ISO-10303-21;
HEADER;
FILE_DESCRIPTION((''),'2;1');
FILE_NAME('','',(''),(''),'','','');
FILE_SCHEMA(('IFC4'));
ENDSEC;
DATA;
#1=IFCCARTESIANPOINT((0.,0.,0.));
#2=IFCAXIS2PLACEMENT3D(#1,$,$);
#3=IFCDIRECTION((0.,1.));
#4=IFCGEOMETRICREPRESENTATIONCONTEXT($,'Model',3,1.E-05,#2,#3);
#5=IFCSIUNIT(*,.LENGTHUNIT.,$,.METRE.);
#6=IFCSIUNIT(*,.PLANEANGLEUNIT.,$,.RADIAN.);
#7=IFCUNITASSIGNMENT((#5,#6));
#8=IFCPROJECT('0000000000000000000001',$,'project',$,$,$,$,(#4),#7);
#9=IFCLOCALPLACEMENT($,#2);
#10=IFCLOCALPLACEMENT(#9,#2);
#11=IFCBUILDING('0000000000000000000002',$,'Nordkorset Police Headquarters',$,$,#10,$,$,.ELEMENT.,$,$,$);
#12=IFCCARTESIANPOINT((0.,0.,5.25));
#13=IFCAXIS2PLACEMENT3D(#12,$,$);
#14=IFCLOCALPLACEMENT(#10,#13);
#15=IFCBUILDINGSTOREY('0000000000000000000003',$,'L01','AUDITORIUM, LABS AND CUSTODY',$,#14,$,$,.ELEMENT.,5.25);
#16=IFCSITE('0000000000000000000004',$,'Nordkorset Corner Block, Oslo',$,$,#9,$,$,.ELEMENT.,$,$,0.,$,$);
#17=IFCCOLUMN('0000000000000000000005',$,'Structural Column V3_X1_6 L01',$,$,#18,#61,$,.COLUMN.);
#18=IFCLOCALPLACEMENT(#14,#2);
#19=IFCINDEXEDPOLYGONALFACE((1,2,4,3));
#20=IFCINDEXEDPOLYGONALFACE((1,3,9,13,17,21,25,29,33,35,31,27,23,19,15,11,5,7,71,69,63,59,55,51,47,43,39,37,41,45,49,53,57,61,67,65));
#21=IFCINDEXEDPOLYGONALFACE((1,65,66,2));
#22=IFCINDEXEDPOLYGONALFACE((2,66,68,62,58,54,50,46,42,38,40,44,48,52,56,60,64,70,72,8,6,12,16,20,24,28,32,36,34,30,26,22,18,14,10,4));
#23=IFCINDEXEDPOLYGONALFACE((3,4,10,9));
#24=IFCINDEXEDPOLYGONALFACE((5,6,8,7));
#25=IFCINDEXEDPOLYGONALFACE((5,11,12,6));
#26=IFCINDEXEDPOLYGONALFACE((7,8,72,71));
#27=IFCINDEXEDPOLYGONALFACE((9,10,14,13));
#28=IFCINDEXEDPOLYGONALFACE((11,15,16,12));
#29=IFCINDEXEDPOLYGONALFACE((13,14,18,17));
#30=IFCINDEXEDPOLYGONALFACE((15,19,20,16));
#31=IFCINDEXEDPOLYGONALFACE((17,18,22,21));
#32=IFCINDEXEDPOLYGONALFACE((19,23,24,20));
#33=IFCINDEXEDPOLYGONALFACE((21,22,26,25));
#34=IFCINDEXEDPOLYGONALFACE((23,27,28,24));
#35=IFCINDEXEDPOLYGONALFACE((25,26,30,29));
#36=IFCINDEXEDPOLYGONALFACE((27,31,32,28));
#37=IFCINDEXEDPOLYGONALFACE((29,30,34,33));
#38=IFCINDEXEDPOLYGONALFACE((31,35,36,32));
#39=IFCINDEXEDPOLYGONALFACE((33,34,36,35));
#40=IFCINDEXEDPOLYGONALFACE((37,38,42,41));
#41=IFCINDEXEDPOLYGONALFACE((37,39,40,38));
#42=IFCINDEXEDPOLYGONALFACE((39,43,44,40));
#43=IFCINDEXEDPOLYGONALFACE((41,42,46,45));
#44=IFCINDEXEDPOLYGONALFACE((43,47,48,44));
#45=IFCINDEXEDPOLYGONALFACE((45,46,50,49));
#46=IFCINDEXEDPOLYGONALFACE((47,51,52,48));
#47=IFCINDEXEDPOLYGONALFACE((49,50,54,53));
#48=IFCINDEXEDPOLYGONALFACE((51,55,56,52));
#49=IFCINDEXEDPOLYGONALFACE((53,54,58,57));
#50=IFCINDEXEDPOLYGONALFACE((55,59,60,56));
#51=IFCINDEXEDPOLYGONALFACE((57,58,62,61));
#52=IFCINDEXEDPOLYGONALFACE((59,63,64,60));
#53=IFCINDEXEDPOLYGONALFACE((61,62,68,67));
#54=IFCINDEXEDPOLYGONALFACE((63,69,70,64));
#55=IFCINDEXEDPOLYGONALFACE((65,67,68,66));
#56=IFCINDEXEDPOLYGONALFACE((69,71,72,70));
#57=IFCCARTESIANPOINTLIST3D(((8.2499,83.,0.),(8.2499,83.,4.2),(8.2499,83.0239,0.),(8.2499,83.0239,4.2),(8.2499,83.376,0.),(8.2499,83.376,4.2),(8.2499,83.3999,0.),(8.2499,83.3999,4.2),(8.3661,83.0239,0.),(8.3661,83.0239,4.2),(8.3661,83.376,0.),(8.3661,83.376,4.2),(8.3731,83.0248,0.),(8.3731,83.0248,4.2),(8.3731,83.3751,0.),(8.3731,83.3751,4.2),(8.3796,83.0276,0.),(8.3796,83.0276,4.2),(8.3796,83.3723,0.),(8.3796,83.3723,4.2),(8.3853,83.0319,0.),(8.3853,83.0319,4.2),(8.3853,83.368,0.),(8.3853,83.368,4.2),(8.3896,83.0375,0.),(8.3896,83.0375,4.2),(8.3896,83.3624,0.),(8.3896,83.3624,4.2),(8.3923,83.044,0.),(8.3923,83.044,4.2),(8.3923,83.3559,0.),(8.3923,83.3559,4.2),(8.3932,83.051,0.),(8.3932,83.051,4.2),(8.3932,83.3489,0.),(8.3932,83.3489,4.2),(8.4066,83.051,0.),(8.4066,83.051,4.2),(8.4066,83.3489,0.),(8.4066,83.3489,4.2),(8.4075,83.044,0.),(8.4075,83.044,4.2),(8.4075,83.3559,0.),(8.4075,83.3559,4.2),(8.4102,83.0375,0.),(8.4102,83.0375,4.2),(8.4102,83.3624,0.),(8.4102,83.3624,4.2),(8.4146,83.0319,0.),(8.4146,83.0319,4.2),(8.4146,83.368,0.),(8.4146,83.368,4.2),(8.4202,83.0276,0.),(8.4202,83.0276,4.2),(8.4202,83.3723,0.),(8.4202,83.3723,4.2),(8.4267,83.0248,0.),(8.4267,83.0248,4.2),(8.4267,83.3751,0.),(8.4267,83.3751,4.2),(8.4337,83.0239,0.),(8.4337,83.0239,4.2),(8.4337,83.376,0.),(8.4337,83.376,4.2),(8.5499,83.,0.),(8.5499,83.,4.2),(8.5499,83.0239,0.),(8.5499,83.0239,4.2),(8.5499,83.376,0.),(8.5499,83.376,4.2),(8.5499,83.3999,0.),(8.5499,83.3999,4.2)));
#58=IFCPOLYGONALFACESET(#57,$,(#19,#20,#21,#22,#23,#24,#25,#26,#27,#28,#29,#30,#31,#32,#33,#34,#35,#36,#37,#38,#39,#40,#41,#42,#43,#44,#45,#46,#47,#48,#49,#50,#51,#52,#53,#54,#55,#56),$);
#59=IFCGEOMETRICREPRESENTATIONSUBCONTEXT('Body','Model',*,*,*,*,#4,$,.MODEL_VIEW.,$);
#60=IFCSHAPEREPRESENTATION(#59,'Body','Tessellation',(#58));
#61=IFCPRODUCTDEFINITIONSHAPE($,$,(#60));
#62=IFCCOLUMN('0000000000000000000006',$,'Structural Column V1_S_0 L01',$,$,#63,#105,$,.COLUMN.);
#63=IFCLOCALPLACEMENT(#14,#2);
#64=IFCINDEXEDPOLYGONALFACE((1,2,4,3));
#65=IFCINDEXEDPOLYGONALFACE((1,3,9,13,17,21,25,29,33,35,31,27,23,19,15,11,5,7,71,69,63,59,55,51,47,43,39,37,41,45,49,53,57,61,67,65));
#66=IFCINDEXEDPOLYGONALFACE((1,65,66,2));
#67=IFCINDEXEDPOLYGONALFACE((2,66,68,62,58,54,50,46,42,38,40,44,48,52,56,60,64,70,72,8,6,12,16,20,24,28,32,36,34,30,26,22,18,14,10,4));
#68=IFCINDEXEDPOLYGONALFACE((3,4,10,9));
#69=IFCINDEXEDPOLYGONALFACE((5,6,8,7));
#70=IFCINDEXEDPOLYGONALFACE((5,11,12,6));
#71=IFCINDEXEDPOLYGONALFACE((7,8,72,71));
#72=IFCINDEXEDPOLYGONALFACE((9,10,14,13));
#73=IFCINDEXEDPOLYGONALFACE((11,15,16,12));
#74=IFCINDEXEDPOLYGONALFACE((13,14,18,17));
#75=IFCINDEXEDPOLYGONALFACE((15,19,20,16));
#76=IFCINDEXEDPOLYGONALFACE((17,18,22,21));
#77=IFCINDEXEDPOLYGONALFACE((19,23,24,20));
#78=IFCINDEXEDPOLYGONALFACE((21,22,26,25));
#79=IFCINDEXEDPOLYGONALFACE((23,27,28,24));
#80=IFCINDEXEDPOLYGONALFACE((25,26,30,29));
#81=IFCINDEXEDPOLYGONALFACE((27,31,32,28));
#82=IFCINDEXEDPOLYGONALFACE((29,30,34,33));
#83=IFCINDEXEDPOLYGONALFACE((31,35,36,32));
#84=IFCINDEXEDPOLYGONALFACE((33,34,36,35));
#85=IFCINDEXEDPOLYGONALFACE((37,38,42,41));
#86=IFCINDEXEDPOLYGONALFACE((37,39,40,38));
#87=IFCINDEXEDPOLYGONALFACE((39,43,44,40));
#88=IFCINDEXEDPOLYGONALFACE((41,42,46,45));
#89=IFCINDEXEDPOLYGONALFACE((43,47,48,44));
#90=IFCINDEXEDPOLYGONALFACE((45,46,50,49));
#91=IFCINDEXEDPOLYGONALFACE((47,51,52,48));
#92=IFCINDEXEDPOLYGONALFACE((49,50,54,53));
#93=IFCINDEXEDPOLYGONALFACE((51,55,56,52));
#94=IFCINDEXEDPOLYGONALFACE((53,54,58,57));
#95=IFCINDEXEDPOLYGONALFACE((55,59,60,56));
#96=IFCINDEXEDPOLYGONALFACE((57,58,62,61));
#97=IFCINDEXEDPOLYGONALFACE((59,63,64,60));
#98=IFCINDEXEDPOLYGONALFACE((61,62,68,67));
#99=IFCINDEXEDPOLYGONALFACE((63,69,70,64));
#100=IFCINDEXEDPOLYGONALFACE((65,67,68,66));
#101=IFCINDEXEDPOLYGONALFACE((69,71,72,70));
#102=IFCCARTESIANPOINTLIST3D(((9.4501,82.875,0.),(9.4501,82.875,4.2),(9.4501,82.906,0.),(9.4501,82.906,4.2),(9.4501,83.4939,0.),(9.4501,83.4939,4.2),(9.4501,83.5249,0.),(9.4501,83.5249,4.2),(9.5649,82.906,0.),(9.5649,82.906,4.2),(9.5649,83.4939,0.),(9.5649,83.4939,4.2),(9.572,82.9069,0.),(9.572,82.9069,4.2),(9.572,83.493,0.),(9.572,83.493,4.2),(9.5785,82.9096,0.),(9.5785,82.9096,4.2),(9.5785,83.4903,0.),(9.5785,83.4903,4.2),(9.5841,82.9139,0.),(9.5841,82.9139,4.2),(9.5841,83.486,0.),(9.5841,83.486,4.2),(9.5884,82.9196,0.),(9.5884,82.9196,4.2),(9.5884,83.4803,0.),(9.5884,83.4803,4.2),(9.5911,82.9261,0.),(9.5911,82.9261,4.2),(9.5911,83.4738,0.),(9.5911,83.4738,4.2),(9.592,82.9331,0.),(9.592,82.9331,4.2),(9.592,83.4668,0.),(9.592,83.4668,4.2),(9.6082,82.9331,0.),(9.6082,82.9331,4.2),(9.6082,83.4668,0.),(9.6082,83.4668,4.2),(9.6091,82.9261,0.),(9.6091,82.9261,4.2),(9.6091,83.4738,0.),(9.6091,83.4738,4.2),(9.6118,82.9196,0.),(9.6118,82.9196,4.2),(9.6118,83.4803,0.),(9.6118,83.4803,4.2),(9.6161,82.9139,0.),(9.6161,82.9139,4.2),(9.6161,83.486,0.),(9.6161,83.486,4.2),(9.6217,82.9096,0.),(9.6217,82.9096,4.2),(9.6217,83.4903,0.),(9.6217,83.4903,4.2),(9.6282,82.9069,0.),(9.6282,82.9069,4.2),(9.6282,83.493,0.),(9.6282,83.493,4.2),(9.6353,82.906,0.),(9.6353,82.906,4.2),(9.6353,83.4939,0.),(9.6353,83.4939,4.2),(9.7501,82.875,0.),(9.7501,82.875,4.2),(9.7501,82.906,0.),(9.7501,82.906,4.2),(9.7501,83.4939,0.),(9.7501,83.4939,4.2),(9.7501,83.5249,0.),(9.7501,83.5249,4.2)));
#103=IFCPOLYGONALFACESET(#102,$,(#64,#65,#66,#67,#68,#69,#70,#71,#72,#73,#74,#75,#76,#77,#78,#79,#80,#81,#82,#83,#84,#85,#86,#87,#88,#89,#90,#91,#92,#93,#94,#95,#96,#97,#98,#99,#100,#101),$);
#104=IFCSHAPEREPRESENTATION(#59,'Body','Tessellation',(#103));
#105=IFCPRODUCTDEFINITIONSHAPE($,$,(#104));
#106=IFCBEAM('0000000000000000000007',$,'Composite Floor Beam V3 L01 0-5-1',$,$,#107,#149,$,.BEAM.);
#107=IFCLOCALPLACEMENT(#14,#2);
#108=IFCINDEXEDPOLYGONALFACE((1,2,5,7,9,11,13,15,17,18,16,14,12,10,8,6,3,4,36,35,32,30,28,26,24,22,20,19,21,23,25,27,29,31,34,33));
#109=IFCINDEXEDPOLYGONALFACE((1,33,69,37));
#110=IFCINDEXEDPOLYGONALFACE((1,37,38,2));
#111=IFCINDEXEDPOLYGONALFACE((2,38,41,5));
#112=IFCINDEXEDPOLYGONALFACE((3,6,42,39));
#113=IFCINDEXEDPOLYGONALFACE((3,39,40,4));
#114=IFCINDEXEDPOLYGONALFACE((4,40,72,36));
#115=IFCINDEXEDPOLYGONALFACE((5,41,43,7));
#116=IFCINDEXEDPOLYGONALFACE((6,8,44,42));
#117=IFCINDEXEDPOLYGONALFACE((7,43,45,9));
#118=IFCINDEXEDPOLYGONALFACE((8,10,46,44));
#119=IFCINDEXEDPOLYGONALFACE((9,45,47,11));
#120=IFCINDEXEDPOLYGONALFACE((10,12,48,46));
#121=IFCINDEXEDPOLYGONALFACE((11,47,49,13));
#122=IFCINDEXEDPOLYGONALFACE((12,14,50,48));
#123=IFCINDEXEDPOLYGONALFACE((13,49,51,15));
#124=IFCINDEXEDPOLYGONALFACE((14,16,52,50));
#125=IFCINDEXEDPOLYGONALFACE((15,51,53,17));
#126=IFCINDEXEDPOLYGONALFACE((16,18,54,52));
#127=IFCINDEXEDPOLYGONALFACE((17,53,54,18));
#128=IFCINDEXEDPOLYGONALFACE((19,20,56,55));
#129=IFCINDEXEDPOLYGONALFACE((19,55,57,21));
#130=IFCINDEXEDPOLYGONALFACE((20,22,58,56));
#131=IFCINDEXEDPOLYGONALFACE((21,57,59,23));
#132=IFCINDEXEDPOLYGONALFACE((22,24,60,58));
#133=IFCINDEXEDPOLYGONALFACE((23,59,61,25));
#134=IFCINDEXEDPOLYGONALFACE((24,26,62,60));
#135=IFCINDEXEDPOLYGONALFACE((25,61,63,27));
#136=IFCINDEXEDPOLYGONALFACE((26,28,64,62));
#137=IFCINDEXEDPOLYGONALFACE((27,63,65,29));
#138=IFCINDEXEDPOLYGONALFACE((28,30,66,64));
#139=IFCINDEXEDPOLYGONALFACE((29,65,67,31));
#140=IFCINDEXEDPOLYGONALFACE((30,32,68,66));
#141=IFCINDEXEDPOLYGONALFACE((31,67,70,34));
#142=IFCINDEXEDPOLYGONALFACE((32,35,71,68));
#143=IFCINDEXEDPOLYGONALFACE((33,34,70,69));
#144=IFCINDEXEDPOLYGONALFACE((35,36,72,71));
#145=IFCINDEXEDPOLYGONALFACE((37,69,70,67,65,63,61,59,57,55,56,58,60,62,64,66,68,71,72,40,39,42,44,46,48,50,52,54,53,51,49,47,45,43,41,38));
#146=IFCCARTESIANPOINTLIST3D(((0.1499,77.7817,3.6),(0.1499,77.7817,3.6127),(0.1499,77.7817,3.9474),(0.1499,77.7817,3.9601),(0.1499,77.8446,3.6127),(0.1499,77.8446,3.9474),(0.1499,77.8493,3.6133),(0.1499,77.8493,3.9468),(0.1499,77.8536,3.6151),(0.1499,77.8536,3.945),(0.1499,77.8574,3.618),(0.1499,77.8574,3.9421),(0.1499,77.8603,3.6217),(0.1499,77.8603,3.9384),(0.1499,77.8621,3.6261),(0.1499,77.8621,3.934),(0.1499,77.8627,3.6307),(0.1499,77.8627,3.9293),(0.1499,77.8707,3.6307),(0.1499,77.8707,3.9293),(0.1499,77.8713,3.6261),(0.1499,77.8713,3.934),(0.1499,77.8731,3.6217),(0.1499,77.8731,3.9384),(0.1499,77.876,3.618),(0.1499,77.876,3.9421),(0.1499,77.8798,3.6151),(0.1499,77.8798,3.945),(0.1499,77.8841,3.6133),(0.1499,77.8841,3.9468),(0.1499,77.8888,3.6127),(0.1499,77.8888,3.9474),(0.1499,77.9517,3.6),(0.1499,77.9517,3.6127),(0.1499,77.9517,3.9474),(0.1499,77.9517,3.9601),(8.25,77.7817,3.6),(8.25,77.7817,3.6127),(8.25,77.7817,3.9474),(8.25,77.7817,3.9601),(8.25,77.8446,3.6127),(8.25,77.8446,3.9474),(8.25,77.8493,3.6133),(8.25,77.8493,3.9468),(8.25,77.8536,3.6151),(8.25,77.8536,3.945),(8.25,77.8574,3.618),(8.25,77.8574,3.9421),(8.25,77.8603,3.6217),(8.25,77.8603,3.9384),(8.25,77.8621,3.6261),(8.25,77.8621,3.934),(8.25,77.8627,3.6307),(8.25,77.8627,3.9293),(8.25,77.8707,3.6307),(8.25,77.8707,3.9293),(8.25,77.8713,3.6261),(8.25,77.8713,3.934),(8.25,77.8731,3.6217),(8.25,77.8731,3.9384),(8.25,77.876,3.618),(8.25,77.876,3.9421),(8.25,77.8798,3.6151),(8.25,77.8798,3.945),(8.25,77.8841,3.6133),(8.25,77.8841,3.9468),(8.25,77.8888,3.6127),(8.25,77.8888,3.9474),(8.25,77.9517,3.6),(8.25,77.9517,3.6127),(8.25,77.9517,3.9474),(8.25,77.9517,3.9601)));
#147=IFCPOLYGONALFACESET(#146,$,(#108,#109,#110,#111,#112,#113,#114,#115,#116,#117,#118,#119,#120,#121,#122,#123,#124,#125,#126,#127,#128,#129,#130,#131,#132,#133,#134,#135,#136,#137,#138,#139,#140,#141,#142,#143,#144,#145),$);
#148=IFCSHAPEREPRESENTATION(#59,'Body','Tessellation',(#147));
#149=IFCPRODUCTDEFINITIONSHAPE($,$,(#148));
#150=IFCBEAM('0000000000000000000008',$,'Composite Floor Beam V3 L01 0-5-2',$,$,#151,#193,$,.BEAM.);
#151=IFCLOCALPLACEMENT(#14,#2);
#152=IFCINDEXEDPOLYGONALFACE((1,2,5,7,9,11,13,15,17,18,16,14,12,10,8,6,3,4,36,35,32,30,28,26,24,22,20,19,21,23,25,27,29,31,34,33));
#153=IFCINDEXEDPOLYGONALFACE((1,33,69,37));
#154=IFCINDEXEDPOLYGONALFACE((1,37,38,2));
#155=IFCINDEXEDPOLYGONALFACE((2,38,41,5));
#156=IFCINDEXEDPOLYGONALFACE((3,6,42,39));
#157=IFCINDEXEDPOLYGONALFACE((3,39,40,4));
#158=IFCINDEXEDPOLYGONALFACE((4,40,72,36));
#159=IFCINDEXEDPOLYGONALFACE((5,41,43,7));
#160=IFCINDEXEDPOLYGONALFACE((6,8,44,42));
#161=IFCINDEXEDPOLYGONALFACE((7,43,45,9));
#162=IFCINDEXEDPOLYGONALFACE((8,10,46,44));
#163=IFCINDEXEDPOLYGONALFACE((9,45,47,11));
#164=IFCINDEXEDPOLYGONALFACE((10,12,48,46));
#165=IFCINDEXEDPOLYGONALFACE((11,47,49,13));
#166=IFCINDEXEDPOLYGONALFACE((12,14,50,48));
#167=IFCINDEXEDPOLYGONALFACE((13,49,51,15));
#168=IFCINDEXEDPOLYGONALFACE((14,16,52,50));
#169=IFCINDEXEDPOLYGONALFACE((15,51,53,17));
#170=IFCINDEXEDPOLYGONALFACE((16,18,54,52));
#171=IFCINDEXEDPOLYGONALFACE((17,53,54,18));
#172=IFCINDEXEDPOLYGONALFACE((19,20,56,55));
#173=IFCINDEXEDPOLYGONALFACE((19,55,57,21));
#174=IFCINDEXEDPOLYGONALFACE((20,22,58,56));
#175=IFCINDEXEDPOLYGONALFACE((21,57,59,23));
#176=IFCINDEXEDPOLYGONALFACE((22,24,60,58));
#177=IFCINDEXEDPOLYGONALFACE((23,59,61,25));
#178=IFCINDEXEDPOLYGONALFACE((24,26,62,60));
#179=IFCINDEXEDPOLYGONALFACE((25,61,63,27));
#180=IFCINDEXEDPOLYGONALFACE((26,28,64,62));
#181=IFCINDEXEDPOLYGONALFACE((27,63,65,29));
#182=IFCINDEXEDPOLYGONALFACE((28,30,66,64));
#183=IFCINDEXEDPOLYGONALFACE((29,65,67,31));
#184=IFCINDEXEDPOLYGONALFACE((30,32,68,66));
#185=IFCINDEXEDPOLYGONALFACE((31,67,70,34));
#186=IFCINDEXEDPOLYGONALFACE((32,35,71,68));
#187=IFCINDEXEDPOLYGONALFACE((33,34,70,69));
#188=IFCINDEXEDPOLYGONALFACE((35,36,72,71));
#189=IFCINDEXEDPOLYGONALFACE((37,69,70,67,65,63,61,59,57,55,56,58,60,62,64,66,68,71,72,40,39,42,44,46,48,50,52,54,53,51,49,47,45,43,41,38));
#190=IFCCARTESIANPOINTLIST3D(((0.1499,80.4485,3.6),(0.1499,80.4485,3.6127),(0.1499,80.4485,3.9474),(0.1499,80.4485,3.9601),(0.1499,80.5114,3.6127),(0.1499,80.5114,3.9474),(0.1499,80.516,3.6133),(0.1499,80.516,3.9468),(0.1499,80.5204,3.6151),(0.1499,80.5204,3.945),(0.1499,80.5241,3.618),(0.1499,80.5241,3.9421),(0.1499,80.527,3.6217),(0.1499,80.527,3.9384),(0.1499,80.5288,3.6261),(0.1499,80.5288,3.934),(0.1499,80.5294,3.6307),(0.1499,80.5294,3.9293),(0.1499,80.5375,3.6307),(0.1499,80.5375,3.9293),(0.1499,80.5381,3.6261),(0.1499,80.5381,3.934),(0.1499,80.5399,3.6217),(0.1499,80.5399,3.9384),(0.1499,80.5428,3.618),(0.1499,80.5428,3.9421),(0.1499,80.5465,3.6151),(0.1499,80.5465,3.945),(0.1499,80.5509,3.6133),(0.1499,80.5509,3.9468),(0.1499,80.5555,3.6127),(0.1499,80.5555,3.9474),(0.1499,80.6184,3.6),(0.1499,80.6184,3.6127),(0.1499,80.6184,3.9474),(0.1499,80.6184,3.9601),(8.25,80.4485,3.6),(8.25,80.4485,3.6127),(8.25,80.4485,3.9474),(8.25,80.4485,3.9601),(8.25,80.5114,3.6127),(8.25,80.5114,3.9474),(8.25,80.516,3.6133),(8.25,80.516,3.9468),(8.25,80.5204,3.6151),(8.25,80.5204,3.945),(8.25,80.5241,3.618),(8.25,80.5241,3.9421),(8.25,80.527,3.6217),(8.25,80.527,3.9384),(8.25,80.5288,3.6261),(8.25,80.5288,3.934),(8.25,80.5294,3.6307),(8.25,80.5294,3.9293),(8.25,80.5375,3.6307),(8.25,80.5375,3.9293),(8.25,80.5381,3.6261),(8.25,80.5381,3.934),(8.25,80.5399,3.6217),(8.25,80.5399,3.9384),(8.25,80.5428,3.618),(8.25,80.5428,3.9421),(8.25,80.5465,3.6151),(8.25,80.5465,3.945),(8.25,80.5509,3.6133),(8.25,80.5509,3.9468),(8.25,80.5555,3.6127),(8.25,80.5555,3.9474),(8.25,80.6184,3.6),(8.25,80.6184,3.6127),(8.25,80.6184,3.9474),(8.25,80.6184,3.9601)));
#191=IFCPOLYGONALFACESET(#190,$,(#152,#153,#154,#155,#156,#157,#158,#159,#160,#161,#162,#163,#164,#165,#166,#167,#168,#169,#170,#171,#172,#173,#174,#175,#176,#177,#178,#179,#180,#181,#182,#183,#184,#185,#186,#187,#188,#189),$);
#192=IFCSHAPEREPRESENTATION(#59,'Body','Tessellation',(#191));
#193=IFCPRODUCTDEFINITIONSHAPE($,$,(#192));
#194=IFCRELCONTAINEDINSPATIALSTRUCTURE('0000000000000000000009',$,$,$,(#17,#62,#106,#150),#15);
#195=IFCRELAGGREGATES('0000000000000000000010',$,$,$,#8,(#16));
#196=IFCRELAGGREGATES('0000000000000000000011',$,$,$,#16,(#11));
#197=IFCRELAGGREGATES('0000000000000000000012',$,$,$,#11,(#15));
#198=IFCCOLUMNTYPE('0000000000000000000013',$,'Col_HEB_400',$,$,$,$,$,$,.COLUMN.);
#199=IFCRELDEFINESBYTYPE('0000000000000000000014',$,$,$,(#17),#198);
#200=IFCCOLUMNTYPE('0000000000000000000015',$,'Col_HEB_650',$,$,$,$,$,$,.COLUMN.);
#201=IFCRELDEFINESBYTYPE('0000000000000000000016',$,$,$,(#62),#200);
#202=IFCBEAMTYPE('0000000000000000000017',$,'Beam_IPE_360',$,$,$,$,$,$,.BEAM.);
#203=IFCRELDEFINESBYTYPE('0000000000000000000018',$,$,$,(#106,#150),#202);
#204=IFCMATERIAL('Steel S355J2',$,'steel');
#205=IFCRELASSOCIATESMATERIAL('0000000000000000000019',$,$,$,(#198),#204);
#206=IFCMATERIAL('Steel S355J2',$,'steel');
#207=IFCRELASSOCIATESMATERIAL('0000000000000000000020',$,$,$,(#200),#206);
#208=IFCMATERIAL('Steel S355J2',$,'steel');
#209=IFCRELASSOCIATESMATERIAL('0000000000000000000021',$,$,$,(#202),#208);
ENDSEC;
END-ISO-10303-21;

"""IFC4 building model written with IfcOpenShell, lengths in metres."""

from ifc_helpers import new_model, si_unit, direction, frame, origin, origin_2d, place, context, subcontext, project, spatial, i_section, extrude, material, material_profile, profile_set, type_object, element, save


model = new_model("IFC4")

# Units and contexts
model_context = context("Model", 3, precision=1e-05, world=origin(), true_north=direction((0.0, 1.0)))
body_context = subcontext(model_context, "Body", "Model", "MODEL_VIEW")
ifc_project = project(units=[si_unit("LENGTHUNIT", "METRE"), si_unit("PLANEANGLEUNIT", "RADIAN")], contexts=[model_context])

# Site, building, storey
site_placement = place(None, origin())
site = spatial("IfcSite", under=ifc_project, at=site_placement, Name="Nordkorset Corner Block, Oslo", CompositionType="ELEMENT", RefElevation=0.0)
building_placement = place(site_placement, origin())
building = spatial("IfcBuilding", under=site, at=building_placement, Name="Nordkorset Police Headquarters", CompositionType="ELEMENT")
storey_placement = place(building_placement, frame((0.0, 0.0, 5.25)))
storey = spatial("IfcBuildingStorey", under=building, at=storey_placement, Name="L01", Description="AUDITORIUM, LABS AND CUSTODY", CompositionType="ELEMENT", Elevation=5.25)

# Columns
ifc_material_1 = material(Name="Steel S355J2", Category="steel")
ifc_material_profile_1 = material_profile(ifc_material_1, i_section(OverallWidth=0.3, OverallDepth=0.3999, WebThickness=0.0134, FlangeThickness=0.0239, FilletRadius=0.0271, at=origin_2d()), Name="HEB 400")
ifc_profile_set_1 = profile_set([ifc_material_profile_1], Name="Steel S355J2")
column_type_1 = type_object("IfcColumnType", Name="Col_HEB_400", PredefinedType="COLUMN", material=ifc_profile_set_1)
column_1_placement = place(storey_placement, frame((8.3999, 83.2, 0.0), z_axis=(0.0, 0.0, 1.0), x_axis=(1.0, 0.0, 0.0)))
element("IfcColumn", 1, at=column_1_placement, inside=storey, type_object=column_type_1, Name="Structural Column V3_X1_6 L01", PredefinedType="COLUMN", context=body_context, shape_type="SweptSolid", body=[
    extrude(i_section(OverallWidth=0.3, OverallDepth=0.3999, WebThickness=0.0134, FlangeThickness=0.0239, FilletRadius=0.0271, at=origin_2d()), origin(), (0.0, 0.0, 1.0), 4.2),
])
ifc_material_2 = material(Name="Steel S355J2", Category="steel")
ifc_material_profile_2 = material_profile(ifc_material_2, i_section(OverallWidth=0.3, OverallDepth=0.6499, WebThickness=0.0161, FlangeThickness=0.031, FilletRadius=0.0271, at=origin_2d()), Name="HEB 650")
ifc_profile_set_2 = profile_set([ifc_material_profile_2], Name="Steel S355J2")
column_type_2 = type_object("IfcColumnType", Name="Col_HEB_650", PredefinedType="COLUMN", material=ifc_profile_set_2)
column_2_placement = place(storey_placement, frame((9.6001, 83.2, 0.0), z_axis=(0.0, 0.0, 1.0), x_axis=(1.0, 0.0, 0.0)))
element("IfcColumn", 2, at=column_2_placement, inside=storey, type_object=column_type_2, Name="Structural Column V1_S_0 L01", PredefinedType="COLUMN", context=body_context, shape_type="SweptSolid", body=[
    extrude(i_section(OverallWidth=0.3, OverallDepth=0.6499, WebThickness=0.0161, FlangeThickness=0.031, FilletRadius=0.0271, at=origin_2d()), origin(), (0.0, 0.0, 1.0), 4.2),
])

# Beams
ifc_material_3 = material(Name="Steel S355J2", Category="steel")
ifc_material_profile_3 = material_profile(ifc_material_3, i_section(OverallWidth=0.1699, OverallDepth=0.3601, WebThickness=0.0081, FlangeThickness=0.0127, FilletRadius=0.0181, at=origin_2d()), Name="IPE 360")
ifc_profile_set_3 = profile_set([ifc_material_profile_3], Name="Steel S355J2")
beam_type_1 = type_object("IfcBeamType", Name="Beam_IPE_360", PredefinedType="BEAM", material=ifc_profile_set_3)
for number, where, z_axis, x_axis, name in (
    (3, (0.1499, 77.8667, 3.78), (1.0, 0.0, 0.0), (0.0, 1.0, 0.0), "Composite Floor Beam V3 L01 0-5-1"),
    (4, (0.1499, 80.5334, 3.78), (1.0, 0.0, 0.0), (0.0, 1.0, 0.0), "Composite Floor Beam V3 L01 0-5-2"),
):
    element("IfcBeam", number, at=place(storey_placement, frame(where, z_axis=z_axis, x_axis=x_axis)), inside=storey, type_object=beam_type_1, Name=name, PredefinedType="BEAM", context=body_context, shape_type="SweptSolid", body=[
        extrude(i_section(OverallWidth=0.1699, OverallDepth=0.3601, WebThickness=0.0081, FlangeThickness=0.0127, FilletRadius=0.0181, at=origin_2d()), origin(), (0.0, 0.0, 1.0), 8.1001),
    ])

save(model, "model.ifc")
